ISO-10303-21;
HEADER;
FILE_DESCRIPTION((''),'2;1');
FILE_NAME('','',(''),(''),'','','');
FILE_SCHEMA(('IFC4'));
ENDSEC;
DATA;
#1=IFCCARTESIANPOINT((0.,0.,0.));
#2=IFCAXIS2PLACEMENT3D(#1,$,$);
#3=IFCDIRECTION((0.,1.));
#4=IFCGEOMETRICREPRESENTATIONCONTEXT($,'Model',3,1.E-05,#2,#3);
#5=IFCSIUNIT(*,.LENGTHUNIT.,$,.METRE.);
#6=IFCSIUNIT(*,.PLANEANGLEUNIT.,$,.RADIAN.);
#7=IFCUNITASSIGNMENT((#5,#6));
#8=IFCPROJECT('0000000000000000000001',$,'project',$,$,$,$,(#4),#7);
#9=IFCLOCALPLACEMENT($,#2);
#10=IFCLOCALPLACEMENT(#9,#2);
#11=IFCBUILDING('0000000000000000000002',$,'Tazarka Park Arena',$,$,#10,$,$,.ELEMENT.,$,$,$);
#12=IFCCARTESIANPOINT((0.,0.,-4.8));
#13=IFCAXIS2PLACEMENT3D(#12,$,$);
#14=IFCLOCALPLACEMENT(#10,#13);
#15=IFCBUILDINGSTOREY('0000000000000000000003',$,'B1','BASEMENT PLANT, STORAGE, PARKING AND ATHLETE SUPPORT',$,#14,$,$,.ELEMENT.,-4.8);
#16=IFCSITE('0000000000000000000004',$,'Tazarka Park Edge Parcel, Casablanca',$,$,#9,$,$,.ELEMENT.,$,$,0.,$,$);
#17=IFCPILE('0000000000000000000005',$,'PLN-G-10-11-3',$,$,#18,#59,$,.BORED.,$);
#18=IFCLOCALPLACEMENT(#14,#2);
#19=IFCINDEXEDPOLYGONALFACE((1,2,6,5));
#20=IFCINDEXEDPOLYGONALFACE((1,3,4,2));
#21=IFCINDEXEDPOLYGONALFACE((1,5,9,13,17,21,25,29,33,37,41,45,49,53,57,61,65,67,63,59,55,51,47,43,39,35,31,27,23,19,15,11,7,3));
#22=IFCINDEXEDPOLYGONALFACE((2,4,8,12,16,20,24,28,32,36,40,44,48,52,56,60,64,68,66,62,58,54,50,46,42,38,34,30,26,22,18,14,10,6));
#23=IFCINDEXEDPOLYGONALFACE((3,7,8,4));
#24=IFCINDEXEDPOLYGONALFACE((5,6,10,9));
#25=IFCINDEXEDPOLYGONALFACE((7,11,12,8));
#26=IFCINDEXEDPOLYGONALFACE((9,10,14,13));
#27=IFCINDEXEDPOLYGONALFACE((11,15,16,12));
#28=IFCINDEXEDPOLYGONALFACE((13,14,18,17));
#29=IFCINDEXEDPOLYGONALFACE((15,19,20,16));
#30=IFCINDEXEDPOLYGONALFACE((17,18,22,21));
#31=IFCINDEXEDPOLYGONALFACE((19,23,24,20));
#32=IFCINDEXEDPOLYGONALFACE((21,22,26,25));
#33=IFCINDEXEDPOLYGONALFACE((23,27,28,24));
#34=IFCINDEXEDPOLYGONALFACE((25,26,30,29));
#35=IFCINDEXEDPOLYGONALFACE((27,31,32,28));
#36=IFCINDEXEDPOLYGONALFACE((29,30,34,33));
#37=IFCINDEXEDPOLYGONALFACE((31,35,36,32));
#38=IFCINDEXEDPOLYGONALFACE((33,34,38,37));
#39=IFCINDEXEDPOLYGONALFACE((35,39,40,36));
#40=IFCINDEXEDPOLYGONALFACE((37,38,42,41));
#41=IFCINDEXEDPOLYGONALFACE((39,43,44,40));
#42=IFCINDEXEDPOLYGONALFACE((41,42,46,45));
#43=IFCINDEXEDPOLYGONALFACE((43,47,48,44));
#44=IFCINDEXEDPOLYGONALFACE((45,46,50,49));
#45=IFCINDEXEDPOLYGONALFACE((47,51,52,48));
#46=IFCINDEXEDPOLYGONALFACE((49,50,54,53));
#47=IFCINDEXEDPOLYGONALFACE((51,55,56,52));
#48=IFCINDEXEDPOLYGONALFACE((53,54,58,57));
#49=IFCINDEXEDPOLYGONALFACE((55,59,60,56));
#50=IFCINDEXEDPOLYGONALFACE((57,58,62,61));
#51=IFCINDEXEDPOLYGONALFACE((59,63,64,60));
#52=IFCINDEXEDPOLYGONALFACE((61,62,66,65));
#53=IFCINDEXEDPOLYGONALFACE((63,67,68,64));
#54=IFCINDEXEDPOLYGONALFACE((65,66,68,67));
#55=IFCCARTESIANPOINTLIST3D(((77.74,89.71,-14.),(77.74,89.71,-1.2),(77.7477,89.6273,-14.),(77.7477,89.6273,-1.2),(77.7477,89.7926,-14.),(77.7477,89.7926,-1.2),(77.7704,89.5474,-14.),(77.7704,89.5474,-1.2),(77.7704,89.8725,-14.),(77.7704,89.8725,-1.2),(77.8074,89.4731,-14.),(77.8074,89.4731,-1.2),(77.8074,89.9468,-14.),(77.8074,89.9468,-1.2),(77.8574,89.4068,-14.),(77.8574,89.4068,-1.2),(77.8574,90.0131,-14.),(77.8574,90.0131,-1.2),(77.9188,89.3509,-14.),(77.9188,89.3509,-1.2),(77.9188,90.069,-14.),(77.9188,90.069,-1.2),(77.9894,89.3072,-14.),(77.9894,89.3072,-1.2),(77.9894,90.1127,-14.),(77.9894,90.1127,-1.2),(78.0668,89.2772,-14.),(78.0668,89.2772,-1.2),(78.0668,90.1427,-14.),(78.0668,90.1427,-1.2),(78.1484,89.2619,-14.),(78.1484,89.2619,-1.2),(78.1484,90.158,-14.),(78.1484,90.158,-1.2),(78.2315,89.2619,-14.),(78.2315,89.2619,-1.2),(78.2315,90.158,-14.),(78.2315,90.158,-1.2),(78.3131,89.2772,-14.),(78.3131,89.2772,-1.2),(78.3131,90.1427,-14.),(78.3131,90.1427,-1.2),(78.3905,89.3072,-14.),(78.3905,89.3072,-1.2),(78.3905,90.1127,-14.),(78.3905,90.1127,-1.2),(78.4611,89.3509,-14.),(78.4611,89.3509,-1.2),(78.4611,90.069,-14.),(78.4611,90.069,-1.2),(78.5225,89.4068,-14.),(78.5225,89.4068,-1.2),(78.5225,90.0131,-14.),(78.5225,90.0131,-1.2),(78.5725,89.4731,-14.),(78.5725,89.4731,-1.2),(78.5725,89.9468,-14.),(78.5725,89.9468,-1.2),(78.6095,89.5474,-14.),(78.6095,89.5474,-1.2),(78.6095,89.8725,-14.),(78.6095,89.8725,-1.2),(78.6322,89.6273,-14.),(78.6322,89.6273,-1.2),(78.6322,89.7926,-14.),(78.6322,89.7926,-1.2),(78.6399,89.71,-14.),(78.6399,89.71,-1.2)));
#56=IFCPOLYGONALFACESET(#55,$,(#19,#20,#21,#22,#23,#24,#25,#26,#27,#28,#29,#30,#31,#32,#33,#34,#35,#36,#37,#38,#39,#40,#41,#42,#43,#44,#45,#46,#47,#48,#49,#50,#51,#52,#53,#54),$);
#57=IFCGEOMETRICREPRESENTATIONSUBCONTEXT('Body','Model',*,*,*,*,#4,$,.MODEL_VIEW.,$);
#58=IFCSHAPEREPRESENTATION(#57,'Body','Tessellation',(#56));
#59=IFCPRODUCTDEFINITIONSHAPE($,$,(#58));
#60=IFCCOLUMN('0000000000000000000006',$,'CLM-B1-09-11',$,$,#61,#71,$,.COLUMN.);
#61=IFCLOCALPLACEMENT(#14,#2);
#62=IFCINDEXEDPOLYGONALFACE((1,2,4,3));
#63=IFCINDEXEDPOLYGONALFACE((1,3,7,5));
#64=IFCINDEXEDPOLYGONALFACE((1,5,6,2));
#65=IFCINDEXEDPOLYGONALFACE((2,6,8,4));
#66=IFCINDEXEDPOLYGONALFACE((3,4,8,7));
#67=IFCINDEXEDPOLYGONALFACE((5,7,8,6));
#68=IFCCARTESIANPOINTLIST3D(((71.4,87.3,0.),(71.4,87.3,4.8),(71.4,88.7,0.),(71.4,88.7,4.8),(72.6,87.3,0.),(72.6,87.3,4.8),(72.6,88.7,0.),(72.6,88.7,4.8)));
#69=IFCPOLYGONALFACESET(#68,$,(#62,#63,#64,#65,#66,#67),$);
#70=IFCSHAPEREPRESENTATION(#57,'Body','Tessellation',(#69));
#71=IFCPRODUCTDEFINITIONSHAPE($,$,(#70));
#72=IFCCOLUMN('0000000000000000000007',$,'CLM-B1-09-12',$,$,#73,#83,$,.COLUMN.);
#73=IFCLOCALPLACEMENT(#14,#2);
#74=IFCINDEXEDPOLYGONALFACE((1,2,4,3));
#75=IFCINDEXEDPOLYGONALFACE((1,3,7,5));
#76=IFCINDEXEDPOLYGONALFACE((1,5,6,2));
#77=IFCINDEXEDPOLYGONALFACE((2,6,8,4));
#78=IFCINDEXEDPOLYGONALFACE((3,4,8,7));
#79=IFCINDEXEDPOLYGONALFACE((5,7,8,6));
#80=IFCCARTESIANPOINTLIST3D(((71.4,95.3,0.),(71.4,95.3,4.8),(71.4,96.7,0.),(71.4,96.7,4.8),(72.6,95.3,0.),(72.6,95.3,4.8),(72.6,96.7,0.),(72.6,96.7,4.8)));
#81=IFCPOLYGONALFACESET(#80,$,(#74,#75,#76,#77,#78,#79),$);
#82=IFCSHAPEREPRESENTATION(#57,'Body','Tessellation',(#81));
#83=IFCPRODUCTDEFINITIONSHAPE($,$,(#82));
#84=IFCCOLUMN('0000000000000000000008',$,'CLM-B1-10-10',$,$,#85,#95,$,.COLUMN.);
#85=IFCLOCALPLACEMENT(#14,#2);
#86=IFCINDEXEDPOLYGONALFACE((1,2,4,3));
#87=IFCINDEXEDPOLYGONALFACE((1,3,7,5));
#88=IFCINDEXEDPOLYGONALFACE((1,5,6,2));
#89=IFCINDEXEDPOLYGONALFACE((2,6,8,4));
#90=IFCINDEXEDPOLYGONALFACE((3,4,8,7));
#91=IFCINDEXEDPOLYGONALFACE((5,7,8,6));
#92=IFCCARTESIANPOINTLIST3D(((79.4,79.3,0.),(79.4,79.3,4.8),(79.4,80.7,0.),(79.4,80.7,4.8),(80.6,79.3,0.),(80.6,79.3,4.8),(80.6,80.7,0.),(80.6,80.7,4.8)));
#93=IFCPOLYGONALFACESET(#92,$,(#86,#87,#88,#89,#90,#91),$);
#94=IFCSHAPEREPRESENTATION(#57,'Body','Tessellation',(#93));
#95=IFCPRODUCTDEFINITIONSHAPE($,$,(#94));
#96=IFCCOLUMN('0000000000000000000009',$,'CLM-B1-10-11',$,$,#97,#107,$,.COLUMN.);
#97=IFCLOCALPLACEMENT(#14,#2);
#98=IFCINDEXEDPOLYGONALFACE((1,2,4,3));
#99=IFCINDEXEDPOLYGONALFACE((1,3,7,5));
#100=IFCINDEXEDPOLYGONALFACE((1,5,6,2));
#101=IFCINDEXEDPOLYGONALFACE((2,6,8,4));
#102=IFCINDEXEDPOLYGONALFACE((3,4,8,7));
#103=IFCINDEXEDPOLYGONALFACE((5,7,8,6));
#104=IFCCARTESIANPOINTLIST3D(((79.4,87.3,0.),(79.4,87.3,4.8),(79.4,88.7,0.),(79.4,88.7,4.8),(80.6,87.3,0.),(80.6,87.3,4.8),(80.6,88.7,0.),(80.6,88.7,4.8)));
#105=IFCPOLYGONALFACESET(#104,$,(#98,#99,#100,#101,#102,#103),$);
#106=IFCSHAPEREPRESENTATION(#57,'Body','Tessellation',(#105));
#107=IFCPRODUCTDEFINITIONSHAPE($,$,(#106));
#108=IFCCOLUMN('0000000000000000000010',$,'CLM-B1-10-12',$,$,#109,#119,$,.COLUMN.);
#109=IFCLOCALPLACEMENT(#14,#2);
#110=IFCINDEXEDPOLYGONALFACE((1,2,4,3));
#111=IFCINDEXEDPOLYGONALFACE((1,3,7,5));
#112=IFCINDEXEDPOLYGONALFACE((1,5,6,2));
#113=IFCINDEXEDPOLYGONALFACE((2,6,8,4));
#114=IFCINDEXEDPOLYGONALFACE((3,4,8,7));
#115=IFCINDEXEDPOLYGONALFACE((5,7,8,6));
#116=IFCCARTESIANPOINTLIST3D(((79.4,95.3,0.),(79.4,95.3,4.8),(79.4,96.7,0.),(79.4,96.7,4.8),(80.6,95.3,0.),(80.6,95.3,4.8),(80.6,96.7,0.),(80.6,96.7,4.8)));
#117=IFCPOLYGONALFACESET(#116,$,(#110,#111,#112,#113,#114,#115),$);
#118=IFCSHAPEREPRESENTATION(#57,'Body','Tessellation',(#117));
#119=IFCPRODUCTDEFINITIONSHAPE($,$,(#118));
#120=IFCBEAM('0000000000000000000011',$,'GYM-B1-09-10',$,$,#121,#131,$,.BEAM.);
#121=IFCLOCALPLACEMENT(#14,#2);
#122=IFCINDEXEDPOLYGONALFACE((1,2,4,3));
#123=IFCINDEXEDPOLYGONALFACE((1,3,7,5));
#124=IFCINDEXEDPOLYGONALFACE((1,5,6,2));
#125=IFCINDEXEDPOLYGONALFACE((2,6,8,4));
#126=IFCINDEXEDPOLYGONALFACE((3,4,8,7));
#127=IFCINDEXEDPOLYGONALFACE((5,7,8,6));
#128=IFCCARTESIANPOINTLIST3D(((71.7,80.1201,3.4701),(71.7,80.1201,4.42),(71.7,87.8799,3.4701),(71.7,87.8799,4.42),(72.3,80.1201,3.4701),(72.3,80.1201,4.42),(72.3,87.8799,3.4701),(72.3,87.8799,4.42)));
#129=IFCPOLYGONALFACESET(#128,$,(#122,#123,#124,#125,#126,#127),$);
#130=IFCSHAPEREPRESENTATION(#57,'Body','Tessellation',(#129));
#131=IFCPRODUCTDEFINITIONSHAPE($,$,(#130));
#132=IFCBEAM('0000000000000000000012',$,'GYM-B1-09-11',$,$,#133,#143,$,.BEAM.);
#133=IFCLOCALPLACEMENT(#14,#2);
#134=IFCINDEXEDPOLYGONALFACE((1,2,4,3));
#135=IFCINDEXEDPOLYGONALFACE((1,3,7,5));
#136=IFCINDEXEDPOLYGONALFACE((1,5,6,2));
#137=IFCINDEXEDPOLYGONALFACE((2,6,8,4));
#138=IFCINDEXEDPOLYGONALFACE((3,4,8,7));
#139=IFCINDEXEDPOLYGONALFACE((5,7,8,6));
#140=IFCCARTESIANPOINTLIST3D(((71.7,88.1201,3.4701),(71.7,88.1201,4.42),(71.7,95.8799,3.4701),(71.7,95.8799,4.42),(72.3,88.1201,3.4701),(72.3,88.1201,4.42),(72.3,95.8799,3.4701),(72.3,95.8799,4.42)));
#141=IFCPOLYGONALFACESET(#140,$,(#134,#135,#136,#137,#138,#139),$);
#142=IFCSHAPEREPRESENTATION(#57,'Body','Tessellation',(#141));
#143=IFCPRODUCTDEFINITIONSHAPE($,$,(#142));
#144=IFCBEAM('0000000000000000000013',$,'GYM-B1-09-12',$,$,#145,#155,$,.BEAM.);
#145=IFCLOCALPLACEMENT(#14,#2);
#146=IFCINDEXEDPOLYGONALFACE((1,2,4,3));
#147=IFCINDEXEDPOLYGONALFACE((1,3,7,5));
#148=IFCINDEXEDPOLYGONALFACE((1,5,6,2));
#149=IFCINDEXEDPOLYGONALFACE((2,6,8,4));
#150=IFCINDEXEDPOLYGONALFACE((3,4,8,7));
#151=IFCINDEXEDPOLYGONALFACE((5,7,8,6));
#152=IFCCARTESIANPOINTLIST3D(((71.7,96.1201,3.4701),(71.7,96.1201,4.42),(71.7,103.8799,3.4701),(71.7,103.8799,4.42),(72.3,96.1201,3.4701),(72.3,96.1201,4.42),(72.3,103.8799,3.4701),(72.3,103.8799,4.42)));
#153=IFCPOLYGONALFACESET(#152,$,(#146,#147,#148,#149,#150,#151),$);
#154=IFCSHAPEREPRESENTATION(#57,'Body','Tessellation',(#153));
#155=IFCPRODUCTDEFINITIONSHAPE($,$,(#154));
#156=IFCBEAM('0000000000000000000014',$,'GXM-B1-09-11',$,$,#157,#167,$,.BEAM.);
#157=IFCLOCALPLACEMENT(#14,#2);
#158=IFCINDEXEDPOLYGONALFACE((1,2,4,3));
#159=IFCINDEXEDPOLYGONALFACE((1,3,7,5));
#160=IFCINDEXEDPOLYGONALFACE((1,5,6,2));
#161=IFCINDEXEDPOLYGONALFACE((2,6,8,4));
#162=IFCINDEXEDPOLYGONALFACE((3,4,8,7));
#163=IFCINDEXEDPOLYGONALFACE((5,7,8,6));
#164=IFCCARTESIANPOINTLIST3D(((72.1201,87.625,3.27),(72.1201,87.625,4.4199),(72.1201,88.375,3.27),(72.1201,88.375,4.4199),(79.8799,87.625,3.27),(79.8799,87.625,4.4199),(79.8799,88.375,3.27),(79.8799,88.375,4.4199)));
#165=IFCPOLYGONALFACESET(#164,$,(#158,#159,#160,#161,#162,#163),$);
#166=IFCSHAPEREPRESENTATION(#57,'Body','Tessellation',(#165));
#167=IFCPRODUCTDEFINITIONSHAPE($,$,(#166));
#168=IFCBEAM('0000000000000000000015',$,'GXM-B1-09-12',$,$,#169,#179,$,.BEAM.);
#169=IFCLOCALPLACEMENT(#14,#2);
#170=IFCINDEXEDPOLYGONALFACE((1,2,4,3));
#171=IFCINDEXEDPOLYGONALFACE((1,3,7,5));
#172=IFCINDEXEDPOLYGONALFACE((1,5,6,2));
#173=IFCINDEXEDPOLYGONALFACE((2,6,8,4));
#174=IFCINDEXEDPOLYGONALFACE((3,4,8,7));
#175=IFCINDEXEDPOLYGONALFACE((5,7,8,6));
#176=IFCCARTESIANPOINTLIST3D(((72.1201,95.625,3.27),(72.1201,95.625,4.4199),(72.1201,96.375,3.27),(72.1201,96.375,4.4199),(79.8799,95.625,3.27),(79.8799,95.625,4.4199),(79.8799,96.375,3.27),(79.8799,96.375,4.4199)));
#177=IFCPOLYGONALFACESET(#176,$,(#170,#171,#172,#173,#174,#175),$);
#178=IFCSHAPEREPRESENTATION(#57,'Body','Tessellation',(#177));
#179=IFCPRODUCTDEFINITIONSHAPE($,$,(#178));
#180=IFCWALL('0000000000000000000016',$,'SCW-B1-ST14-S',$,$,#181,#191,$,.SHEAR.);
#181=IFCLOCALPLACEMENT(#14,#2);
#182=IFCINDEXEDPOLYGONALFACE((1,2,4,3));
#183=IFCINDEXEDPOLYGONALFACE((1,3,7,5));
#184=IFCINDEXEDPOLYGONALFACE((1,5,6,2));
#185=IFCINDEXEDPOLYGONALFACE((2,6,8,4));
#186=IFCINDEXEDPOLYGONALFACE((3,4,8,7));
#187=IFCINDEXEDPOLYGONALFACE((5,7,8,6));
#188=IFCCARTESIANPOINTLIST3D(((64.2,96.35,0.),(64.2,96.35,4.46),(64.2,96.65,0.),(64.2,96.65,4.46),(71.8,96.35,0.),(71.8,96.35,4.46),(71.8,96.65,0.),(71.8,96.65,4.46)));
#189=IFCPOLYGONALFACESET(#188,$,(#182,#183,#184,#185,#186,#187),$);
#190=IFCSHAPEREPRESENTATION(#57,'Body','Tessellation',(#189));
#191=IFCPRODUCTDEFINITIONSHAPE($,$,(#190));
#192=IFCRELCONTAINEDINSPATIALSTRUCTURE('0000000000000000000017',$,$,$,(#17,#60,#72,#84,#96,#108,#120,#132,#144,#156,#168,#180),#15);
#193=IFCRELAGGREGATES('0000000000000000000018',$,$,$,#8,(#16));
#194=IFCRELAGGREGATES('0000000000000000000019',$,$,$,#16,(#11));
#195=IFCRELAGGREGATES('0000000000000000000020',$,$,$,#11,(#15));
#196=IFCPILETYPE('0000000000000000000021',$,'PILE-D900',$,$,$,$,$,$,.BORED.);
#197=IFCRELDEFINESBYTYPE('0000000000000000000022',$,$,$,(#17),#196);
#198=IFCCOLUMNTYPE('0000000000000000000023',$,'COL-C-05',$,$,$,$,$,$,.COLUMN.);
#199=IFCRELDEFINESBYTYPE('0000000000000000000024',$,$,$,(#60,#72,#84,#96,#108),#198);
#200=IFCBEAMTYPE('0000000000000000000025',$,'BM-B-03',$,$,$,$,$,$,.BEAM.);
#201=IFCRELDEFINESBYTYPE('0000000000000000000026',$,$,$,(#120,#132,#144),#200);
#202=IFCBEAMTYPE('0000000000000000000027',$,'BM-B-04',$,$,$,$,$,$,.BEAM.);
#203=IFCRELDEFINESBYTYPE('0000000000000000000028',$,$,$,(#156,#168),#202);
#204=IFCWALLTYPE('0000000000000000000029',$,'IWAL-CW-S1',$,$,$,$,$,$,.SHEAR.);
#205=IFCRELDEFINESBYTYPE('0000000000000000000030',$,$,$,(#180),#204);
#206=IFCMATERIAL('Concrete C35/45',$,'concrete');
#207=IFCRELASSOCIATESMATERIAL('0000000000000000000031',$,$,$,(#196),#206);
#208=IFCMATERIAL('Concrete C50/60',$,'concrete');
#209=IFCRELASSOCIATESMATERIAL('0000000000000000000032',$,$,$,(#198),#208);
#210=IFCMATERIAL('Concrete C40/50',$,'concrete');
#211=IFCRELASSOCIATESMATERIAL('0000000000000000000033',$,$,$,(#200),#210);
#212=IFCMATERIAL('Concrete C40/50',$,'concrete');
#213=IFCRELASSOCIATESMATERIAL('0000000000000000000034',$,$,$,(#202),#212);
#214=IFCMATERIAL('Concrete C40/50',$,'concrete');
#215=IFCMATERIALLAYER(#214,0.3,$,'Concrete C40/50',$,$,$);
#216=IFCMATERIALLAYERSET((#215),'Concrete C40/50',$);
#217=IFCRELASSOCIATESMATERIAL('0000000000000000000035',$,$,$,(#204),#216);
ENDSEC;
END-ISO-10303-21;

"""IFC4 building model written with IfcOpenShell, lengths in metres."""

from ifc_helpers import new_model, si_unit, direction, frame, frame_2d, origin, origin_2d, place, context, subcontext, project, spatial, rectangle, circle, extrude, material, layer, layer_set, material_profile, profile_set, type_object, element, save


model = new_model("IFC4")

# Units and contexts
model_context = context("Model", 3, precision=1e-05, world=origin(), true_north=direction((0.0, 1.0)))
body_context = subcontext(model_context, "Body", "Model", "MODEL_VIEW")
ifc_project = project(units=[si_unit("LENGTHUNIT", "METRE"), si_unit("PLANEANGLEUNIT", "RADIAN")], contexts=[model_context])

# Site, building, storey
site_placement = place(None, origin())
site = spatial("IfcSite", under=ifc_project, at=site_placement, Name="Tazarka Park Edge Parcel, Casablanca", CompositionType="ELEMENT", RefElevation=0.0)
building_placement = place(site_placement, origin())
building = spatial("IfcBuilding", under=site, at=building_placement, Name="Tazarka Park Arena", CompositionType="ELEMENT")
storey_placement = place(building_placement, frame((0.0, 0.0, -4.8)))
storey = spatial("IfcBuildingStorey", under=building, at=storey_placement, Name="B1", Description="BASEMENT PLANT, STORAGE, PARKING AND ATHLETE SUPPORT", CompositionType="ELEMENT", Elevation=-4.8)

# Pile
ifc_material_1 = material(Name="Concrete C35/45", Category="concrete")
ifc_material_profile_1 = material_profile(ifc_material_1, circle(Radius=0.45, at=origin_2d()), Name="Concrete C35/45")
ifc_profile_set_1 = profile_set([ifc_material_profile_1], Name="Concrete C35/45")
pile_type_1 = type_object("IfcPileType", Name="PILE-D900", PredefinedType="BORED", material=ifc_profile_set_1)
for number, where, z_axis, x_axis, name in (
    (1, (78.1899, 89.71, -1.2), (0.0, 0.0, -1.0), (1.0, 0.0, 0.0), "PLN-G-10-11-3"),
):
    element("IfcPile", number, at=place(storey_placement, frame(where, z_axis=z_axis, x_axis=x_axis)), inside=storey, type_object=pile_type_1, Name=name, PredefinedType="BORED", context=body_context, shape_type="SweptSolid", body=[
        extrude(circle(Radius=0.45, at=origin_2d()), origin(), (0.0, 0.0, 1.0), 12.8),
    ])

# Columns
ifc_material_2 = material(Name="Concrete C50/60", Category="concrete")
ifc_material_profile_2 = material_profile(ifc_material_2, rectangle(XDim=1.2, YDim=1.3999, at=origin_2d()), Name="Concrete C50/60")
ifc_profile_set_2 = profile_set([ifc_material_profile_2], Name="Concrete C50/60")
column_type = type_object("IfcColumnType", Name="COL-C-05", PredefinedType="COLUMN", material=ifc_profile_set_2)
for number, where, z_axis, x_axis, name in (
    (2, (72.0, 88.0, 0.0), (0.0, 0.0, 1.0), (1.0, 0.0, 0.0), "CLM-B1-09-11"),
    (3, (72.0, 96.0, 0.0), (0.0, 0.0, 1.0), (1.0, 0.0, 0.0), "CLM-B1-09-12"),
    (4, (80.0, 80.0, 0.0), (0.0, 0.0, 1.0), (1.0, 0.0, 0.0), "CLM-B1-10-10"),
    (5, (80.0, 88.0, 0.0), (0.0, 0.0, 1.0), (1.0, 0.0, 0.0), "CLM-B1-10-11"),
    (6, (80.0, 96.0, 0.0), (0.0, 0.0, 1.0), (1.0, 0.0, 0.0), "CLM-B1-10-12"),
):
    element("IfcColumn", number, at=place(storey_placement, frame(where, z_axis=z_axis, x_axis=x_axis)), inside=storey, type_object=column_type, Name=name, PredefinedType="COLUMN", context=body_context, shape_type="SweptSolid", body=[
        extrude(rectangle(XDim=1.2, YDim=1.3999, at=origin_2d()), origin(), (0.0, 0.0, 1.0), 4.8),
    ])

# Beams
ifc_material_3 = material(Name="Concrete C40/50", Category="concrete")
ifc_material_profile_3 = material_profile(ifc_material_3, rectangle(XDim=0.6001, YDim=0.95, at=origin_2d()), Name="Concrete C40/50")
ifc_profile_set_3 = profile_set([ifc_material_profile_3], Name="Concrete C40/50")
beam_type_1 = type_object("IfcBeamType", Name="BM-B-03", PredefinedType="BEAM", material=ifc_profile_set_3)
for number, where, z_axis, x_axis, name in (
    (7, (72.0, 80.1201, 3.9451), (0.0, 1.0, 0.0), (-1.0, 0.0, 0.0), "GYM-B1-09-10"),
    (8, (72.0, 88.1201, 3.9451), (0.0, 1.0, 0.0), (-1.0, 0.0, 0.0), "GYM-B1-09-11"),
    (9, (72.0, 96.1201, 3.9451), (0.0, 1.0, 0.0), (-1.0, 0.0, 0.0), "GYM-B1-09-12"),
):
    element("IfcBeam", number, at=place(storey_placement, frame(where, z_axis=z_axis, x_axis=x_axis)), inside=storey, type_object=beam_type_1, Name=name, PredefinedType="BEAM", context=body_context, shape_type="SweptSolid", body=[
        extrude(rectangle(XDim=0.6001, YDim=0.95, at=origin_2d()), origin(), (0.0, 0.0, 1.0), 7.7598),
    ])
ifc_material_4 = material(Name="Concrete C40/50", Category="concrete")
ifc_material_profile_4 = material_profile(ifc_material_4, rectangle(XDim=0.75, YDim=1.1499, at=origin_2d()), Name="Concrete C40/50")
ifc_profile_set_4 = profile_set([ifc_material_profile_4], Name="Concrete C40/50")
beam_type_2 = type_object("IfcBeamType", Name="BM-B-04", PredefinedType="BEAM", material=ifc_profile_set_4)
for number, where, z_axis, x_axis, name in (
    (10, (72.1201, 88.0, 3.845), (1.0, 0.0, 0.0), (0.0, 1.0, 0.0), "GXM-B1-09-11"),
    (11, (72.1201, 96.0, 3.845), (1.0, 0.0, 0.0), (0.0, 1.0, 0.0), "GXM-B1-09-12"),
):
    element("IfcBeam", number, at=place(storey_placement, frame(where, z_axis=z_axis, x_axis=x_axis)), inside=storey, type_object=beam_type_2, Name=name, PredefinedType="BEAM", context=body_context, shape_type="SweptSolid", body=[
        extrude(rectangle(XDim=0.75, YDim=1.1499, at=origin_2d()), origin(), (0.0, 0.0, 1.0), 7.7598),
    ])

# Wall
ifc_material_5 = material(Name="Concrete C40/50", Category="concrete")
ifc_layer = layer(ifc_material_5, 0.3, Name="Concrete C40/50")
ifc_layer_set = layer_set([ifc_layer], Name="Concrete C40/50")
wall_type = type_object("IfcWallType", Name="IWAL-CW-S1", PredefinedType="SHEAR", material=ifc_layer_set)
wall_placement = place(storey_placement, frame((71.8, 96.5, 0.0), z_axis=(0.0, 0.0, 1.0), x_axis=(-1.0, 0.0, 0.0)))
element("IfcWall", 12, at=wall_placement, inside=storey, type_object=wall_type, Name="SCW-B1-ST14-S", PredefinedType="SHEAR", context=body_context, shape_type="SweptSolid", body=[
    extrude(rectangle(XDim=7.6001, YDim=0.3, at=frame_2d((3.8, 0.0))), origin(), (0.0, 0.0, 1.0), 4.46),
])

save(model, "model.ifc")
